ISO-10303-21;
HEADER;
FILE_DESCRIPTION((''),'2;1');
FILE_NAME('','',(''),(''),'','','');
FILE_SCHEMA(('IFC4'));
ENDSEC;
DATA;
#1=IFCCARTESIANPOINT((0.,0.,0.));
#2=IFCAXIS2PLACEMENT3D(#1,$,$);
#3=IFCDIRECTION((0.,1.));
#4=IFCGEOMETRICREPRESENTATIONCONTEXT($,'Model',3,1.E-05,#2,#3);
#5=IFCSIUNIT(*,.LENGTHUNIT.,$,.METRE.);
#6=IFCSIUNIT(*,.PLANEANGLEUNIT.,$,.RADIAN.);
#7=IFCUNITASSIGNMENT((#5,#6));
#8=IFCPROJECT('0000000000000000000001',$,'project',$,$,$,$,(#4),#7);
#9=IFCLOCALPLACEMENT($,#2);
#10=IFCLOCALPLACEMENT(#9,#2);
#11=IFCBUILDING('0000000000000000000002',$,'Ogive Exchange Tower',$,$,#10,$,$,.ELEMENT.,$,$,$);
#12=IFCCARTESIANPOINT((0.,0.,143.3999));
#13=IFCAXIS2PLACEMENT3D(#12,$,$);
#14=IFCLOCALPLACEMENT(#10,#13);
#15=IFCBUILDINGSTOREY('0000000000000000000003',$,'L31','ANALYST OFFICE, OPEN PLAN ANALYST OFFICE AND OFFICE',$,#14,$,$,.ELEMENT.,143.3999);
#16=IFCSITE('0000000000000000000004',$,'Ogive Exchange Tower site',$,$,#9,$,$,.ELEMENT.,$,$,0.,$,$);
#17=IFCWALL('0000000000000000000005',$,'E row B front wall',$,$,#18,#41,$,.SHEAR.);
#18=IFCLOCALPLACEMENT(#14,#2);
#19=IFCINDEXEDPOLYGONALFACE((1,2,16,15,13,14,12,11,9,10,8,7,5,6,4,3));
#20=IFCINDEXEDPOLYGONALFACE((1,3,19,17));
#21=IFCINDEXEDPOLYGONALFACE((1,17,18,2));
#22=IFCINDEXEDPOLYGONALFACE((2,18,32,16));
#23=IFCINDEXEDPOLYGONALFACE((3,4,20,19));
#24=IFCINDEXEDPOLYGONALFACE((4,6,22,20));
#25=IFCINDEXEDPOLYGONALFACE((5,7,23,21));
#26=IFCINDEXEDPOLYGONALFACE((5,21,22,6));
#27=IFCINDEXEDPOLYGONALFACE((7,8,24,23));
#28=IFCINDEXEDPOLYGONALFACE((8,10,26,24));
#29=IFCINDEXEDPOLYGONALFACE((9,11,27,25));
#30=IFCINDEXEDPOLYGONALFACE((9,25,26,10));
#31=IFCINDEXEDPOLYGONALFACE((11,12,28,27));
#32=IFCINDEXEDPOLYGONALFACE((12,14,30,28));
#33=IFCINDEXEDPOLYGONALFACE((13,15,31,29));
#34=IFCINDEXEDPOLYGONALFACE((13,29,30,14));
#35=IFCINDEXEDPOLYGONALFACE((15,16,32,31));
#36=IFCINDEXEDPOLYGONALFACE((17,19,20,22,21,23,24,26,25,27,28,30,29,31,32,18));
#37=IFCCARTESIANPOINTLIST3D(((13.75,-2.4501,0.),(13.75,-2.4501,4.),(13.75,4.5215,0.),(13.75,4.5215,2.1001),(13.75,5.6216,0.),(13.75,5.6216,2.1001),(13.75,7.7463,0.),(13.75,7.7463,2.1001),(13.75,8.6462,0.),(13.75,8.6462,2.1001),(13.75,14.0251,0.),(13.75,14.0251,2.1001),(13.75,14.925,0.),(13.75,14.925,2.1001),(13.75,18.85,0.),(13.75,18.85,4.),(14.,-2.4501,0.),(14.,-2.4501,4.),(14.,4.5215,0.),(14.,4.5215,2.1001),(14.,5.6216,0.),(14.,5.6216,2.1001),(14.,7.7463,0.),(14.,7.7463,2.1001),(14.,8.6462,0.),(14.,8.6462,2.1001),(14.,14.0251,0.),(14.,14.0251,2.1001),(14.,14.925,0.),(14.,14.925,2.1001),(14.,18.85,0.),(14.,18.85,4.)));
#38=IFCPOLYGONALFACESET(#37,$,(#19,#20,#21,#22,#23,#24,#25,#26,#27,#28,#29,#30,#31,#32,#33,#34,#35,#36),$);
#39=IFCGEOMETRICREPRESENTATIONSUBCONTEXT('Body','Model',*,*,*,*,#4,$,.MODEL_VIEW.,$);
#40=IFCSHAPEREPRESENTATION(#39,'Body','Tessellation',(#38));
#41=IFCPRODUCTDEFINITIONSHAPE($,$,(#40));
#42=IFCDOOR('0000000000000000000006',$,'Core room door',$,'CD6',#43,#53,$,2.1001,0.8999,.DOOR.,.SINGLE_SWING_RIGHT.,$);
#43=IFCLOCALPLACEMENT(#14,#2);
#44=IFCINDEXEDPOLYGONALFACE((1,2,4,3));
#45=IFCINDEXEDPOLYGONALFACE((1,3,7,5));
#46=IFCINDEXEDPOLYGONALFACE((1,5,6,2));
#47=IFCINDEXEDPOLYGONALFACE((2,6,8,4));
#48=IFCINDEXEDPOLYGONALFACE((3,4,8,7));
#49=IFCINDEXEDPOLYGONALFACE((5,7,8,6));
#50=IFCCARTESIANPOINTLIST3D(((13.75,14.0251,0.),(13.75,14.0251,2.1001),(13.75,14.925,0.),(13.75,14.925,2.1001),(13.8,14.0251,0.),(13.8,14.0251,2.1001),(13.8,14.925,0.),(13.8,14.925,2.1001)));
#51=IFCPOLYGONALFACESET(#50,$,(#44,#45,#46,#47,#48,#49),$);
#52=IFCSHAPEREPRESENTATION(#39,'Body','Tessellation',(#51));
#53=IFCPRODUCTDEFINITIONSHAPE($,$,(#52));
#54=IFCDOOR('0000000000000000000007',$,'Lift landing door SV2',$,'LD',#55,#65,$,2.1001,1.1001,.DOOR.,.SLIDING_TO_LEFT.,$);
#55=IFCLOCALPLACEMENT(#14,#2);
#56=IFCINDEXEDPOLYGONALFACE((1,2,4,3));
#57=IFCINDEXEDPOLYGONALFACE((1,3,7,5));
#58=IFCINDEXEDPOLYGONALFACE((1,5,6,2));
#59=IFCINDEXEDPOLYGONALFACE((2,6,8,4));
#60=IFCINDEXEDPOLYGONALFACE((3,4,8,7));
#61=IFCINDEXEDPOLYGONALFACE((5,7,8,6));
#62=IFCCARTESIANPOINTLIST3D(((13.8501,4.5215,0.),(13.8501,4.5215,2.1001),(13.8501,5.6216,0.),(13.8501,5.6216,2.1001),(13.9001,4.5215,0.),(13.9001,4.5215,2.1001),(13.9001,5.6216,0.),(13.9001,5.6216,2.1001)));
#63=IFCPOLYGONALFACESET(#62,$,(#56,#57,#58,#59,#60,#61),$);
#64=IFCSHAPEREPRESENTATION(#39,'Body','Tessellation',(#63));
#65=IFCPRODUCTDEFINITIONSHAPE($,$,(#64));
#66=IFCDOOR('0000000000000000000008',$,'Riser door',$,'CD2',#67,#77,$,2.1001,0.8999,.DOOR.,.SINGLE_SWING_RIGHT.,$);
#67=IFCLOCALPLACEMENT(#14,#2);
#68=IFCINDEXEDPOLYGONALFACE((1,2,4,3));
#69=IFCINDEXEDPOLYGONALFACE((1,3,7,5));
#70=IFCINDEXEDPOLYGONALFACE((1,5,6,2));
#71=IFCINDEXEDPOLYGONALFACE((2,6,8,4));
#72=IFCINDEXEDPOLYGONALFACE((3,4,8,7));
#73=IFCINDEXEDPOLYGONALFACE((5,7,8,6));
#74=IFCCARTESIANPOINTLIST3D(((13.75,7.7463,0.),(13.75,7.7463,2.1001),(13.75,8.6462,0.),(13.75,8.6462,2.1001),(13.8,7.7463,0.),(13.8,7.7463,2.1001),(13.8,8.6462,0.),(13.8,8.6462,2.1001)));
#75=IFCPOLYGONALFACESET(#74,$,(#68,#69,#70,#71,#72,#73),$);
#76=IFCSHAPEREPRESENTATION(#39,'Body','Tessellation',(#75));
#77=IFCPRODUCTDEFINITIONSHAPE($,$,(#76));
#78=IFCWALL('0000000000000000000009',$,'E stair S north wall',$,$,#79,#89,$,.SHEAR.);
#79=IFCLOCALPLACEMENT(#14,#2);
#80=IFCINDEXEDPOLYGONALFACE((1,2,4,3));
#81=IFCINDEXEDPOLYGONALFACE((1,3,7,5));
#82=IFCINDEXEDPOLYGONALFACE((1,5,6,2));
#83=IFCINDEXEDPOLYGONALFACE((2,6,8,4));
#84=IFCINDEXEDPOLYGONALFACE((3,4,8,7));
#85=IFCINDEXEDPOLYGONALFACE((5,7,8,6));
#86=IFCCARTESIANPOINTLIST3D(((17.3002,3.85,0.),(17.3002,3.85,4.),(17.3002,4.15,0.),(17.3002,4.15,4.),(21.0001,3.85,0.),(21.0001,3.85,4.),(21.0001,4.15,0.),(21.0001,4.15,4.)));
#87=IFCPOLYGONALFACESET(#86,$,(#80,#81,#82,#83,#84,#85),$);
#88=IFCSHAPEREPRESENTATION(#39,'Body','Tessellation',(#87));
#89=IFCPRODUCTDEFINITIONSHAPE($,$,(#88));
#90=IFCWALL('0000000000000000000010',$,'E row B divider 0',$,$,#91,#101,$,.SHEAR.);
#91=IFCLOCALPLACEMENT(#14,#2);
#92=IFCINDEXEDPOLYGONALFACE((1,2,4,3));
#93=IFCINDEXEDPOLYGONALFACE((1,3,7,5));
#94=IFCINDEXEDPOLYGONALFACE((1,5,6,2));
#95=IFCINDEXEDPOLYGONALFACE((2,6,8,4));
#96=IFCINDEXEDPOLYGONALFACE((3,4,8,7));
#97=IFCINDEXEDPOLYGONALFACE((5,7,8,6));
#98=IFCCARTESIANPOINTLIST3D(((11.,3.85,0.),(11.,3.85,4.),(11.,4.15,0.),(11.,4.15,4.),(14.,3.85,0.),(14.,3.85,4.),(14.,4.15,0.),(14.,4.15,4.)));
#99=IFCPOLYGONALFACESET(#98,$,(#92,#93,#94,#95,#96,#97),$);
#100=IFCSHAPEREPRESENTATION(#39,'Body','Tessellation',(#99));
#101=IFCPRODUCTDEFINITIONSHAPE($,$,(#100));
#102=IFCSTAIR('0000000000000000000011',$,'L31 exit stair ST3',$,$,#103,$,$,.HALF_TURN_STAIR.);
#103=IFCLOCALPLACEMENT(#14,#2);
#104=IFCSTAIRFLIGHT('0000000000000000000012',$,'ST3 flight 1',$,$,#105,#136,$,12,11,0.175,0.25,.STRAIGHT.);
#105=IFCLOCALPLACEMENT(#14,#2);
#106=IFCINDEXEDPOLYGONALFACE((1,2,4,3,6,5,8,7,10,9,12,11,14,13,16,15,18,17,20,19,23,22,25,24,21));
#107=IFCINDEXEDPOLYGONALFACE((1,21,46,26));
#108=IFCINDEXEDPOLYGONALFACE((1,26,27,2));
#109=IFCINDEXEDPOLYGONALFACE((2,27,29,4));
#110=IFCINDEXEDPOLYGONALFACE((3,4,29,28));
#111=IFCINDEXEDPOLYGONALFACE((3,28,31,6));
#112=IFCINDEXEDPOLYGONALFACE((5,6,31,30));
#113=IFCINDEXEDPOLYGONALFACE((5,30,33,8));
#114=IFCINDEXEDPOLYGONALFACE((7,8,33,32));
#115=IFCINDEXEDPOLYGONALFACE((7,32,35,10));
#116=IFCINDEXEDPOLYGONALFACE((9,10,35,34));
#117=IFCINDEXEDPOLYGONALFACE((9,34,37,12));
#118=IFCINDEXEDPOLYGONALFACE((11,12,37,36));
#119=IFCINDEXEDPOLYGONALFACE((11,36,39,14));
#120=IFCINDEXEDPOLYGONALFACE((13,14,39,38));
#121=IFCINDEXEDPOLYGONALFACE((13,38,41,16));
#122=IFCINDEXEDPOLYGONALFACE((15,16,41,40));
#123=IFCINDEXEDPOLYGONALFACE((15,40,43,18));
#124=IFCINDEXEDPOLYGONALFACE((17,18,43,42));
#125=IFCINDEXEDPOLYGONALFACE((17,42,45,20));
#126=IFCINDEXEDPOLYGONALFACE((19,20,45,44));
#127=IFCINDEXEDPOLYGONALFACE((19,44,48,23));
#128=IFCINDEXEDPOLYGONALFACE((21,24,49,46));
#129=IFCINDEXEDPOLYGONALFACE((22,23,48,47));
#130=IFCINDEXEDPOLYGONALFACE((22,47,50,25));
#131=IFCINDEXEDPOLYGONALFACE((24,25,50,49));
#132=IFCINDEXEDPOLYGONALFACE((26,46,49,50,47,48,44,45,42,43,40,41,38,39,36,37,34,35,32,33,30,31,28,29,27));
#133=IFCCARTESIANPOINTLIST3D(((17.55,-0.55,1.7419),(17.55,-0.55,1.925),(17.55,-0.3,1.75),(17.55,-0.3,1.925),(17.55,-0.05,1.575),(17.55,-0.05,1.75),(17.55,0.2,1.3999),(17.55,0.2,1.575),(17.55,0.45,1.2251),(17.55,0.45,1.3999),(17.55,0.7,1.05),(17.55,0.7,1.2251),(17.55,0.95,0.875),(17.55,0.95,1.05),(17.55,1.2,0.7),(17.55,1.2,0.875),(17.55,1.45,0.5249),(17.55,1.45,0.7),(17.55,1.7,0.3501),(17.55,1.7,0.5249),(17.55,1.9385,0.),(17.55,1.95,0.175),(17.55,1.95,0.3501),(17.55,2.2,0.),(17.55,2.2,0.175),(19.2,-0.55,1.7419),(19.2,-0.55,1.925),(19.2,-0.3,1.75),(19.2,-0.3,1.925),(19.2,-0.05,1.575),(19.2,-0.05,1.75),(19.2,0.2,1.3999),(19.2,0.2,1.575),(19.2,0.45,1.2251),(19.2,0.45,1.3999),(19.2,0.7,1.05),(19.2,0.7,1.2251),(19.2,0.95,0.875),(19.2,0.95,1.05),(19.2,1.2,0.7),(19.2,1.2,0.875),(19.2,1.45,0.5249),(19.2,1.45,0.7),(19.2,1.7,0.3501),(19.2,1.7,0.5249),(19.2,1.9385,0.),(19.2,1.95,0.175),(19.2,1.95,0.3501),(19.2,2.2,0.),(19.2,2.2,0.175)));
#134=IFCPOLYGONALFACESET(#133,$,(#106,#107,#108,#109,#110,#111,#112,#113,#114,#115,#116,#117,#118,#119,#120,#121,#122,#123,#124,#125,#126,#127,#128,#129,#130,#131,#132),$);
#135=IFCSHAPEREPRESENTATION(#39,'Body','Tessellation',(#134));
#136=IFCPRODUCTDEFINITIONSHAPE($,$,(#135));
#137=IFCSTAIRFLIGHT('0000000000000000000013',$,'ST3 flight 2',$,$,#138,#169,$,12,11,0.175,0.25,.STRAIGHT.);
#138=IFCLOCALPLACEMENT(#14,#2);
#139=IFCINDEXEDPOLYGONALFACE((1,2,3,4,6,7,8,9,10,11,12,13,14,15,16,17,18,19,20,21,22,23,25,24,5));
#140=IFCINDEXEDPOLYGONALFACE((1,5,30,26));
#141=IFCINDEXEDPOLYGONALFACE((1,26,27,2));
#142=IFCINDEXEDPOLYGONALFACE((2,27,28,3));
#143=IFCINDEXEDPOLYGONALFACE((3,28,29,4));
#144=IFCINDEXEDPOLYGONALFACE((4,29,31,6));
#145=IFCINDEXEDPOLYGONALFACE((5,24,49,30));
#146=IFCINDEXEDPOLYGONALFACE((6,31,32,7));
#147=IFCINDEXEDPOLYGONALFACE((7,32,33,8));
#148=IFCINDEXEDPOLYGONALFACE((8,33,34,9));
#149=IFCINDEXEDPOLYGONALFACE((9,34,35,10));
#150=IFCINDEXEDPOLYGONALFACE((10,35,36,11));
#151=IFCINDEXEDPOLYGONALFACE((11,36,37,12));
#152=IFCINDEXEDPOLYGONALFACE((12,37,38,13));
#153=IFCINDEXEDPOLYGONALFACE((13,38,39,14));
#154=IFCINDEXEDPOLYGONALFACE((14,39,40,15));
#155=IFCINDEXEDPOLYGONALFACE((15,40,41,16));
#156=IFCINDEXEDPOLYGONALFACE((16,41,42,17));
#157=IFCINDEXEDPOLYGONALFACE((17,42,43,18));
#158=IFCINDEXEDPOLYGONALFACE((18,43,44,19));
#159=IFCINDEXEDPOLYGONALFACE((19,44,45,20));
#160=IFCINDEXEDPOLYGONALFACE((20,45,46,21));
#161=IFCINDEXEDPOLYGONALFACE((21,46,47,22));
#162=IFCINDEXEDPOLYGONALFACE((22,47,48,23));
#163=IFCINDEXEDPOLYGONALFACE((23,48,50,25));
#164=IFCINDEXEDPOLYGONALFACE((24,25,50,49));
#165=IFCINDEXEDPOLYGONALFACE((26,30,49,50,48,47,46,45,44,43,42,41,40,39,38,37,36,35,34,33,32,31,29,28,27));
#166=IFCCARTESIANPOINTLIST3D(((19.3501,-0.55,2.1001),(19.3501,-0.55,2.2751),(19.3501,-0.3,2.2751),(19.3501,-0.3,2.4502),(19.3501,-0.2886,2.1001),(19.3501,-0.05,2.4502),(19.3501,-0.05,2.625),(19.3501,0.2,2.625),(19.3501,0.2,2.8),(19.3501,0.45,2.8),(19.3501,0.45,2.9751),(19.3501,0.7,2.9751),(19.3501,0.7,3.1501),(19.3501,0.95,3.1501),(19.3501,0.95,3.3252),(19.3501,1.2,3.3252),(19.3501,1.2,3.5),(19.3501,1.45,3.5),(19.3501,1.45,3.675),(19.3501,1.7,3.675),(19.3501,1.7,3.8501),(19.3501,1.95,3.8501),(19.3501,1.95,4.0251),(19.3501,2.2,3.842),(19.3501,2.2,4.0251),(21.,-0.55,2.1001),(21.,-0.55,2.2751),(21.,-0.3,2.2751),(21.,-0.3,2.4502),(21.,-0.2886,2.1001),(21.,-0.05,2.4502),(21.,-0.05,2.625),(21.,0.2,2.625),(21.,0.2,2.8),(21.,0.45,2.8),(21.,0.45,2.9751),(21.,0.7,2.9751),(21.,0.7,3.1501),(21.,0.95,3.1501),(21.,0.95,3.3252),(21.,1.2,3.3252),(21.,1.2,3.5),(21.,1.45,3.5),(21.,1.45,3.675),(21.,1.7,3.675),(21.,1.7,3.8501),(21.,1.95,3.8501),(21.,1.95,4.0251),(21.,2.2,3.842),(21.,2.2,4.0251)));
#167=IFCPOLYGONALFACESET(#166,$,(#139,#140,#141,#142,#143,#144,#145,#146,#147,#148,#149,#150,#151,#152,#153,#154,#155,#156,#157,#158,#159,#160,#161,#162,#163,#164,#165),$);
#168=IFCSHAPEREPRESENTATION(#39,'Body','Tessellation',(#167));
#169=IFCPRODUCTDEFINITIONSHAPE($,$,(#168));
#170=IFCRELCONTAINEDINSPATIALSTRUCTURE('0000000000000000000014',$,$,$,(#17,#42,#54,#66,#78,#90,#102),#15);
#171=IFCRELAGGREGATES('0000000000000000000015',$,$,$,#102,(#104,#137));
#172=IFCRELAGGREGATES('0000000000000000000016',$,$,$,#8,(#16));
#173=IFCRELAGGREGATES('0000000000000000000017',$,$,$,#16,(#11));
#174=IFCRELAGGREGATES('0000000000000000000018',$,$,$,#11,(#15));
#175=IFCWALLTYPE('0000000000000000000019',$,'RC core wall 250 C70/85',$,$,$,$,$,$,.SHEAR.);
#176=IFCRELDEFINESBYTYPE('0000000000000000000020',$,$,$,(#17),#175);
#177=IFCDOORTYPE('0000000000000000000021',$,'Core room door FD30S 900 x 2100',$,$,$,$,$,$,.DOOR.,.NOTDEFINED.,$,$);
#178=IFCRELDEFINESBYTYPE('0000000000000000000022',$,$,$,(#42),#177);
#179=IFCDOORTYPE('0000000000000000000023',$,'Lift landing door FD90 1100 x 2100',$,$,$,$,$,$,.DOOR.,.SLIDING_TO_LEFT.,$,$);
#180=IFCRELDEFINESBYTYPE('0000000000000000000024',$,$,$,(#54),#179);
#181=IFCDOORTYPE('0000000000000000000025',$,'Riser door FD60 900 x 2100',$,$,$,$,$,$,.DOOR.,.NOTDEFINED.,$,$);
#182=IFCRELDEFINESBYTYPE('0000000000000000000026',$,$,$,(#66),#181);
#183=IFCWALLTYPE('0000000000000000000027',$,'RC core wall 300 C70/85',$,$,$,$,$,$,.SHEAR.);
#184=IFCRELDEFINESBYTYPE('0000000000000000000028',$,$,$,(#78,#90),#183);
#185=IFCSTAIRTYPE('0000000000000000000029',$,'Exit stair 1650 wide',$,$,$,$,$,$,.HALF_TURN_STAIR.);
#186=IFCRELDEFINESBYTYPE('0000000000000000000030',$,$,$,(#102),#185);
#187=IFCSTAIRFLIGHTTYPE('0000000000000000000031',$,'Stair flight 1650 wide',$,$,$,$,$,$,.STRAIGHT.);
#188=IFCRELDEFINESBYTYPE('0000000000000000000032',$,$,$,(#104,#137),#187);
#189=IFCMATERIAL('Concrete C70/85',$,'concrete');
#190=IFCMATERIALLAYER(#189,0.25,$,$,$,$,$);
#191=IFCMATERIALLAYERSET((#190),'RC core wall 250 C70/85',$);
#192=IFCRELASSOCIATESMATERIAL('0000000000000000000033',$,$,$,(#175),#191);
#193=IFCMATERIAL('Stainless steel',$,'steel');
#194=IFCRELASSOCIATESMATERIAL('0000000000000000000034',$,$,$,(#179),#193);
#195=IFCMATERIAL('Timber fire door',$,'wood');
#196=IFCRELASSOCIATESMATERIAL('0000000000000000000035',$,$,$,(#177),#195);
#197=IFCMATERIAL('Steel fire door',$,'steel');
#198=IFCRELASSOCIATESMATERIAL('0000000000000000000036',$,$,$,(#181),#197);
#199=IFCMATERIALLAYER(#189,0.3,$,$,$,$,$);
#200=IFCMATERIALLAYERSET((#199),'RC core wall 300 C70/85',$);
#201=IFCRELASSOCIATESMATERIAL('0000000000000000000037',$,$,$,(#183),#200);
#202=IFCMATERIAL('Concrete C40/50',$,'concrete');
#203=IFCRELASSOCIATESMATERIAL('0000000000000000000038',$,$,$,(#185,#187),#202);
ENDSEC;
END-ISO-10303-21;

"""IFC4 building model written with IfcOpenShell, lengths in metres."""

from ifc_helpers import new_model, si_unit, direction, frame, frame_2d, origin, place, context, subcontext, project, spatial, polyline, rectangle, outline, extrude, material, layer, layer_set, type_object, element, fill, aggregate, save


model = new_model("IFC4")

# Units and contexts
model_context = context("Model", 3, precision=1e-05, world=origin(), true_north=direction((0.0, 1.0)))
body_context = subcontext(model_context, "Body", "Model", "MODEL_VIEW")
ifc_project = project(units=[si_unit("LENGTHUNIT", "METRE"), si_unit("PLANEANGLEUNIT", "RADIAN")], contexts=[model_context])

# Site, building, storey
site_placement = place(None, origin())
site = spatial("IfcSite", under=ifc_project, at=site_placement, Name="Ogive Exchange Tower site", CompositionType="ELEMENT", RefElevation=0.0)
building_placement = place(site_placement, origin())
building = spatial("IfcBuilding", under=site, at=building_placement, Name="Ogive Exchange Tower", CompositionType="ELEMENT")
storey_placement = place(building_placement, frame((0.0, 0.0, 143.3999)))
storey = spatial("IfcBuildingStorey", under=building, at=storey_placement, Name="L31", Description="ANALYST OFFICE, OPEN PLAN ANALYST OFFICE AND OFFICE", CompositionType="ELEMENT", Elevation=143.3999)

# Shared definitions
ifc_material_1 = material(Name="Concrete C70/85", Category="concrete")
ifc_layer_1 = layer(ifc_material_1, 0.25)
ifc_layer_set_1 = layer_set([ifc_layer_1], Name="RC core wall 250 C70/85")
wall_type_1 = type_object("IfcWallType", Name="RC core wall 250 C70/85", PredefinedType="SHEAR", material=ifc_layer_set_1)
ifc_material_2 = material(Name="Steel fire door", Category="steel")

# Wall, openings, doors
ifc_material_3 = material(Name="Stainless steel", Category="steel")
door_type_1 = type_object("IfcDoorType", Name="Lift landing door FD90 1100 x 2100", OperationType="SLIDING_TO_LEFT", PredefinedType="DOOR", material=ifc_material_3)
wall_1_placement = place(storey_placement, frame((13.875, -2.45, 0.0), z_axis=(0.0, 0.0, 1.0), x_axis=(0.0, 1.0, 0.0)))
wall_1 = element("IfcWall", 1, at=wall_1_placement, inside=storey, type_object=wall_type_1, Name="E row B front wall", PredefinedType="SHEAR", context=body_context, shape_type="SweptSolid", body=[
    extrude(rectangle(XDim=21.3, YDim=0.25, at=frame_2d((10.6499, 0.0))), origin(), (0.0, 0.0, 1.0), 4.0),
])
opening_1_placement = place(wall_1_placement, frame((10.1963, 0.0, 0.0)))
opening_1 = element("IfcOpeningElement", 2, at=opening_1_placement, cuts=wall_1, PredefinedType="OPENING", context=body_context, shape_type="SweptSolid", body=[
    extrude(rectangle(XDim=0.8999, YDim=2.1001, at=frame_2d((0.45, 1.05))), frame((0.0, 0.135, 0.0), z_axis=(0.0, -1.0, 0.0), x_axis=(1.0, 0.0, 0.0)), (0.0, 0.0, 1.0), 0.27),
])
opening_2_placement = place(wall_1_placement, frame((16.4751, 0.0, 0.0)))
opening_2 = element("IfcOpeningElement", 3, at=opening_2_placement, cuts=wall_1, PredefinedType="OPENING", context=body_context, shape_type="SweptSolid", body=[
    extrude(rectangle(XDim=0.8999, YDim=2.1001, at=frame_2d((0.45, 1.05))), frame((0.0, 0.135, 0.0), z_axis=(0.0, -1.0, 0.0), x_axis=(1.0, 0.0, 0.0)), (0.0, 0.0, 1.0), 0.27),
])
opening_3_placement = place(wall_1_placement, frame((6.9714, 0.0, 0.0)))
opening_3 = element("IfcOpeningElement", 4, at=opening_3_placement, cuts=wall_1, PredefinedType="OPENING", context=body_context, shape_type="SweptSolid", body=[
    extrude(rectangle(XDim=1.1001, YDim=2.1001, at=frame_2d((0.55, 1.05))), frame((0.0, 0.135, 0.0), z_axis=(0.0, -1.0, 0.0), x_axis=(1.0, 0.0, 0.0)), (0.0, 0.0, 1.0), 0.27),
])
ifc_material_4 = material(Name="Timber fire door", Category="wood")
door_type_2 = type_object("IfcDoorType", Name="Core room door FD30S 900 x 2100", OperationType="NOTDEFINED", PredefinedType="DOOR", material=ifc_material_4)
door_1_placement = place(opening_2_placement, origin())
door_1 = element("IfcDoor", 5, at=door_1_placement, inside=storey, type_object=door_type_2, Name="Core room door", ObjectType="CD6", OperationType="SINGLE_SWING_RIGHT", OverallHeight=2.1001, OverallWidth=0.8999, PredefinedType="DOOR", context=body_context, shape_type="SweptSolid", body=[
    extrude(rectangle(XDim=0.8999, YDim=2.1001, at=frame_2d((0.45, 1.05))), frame((0.0, 0.125, 0.0), z_axis=(0.0, -1.0, 0.0), x_axis=(1.0, 0.0, 0.0)), (0.0, 0.0, 1.0), 0.05),
])
fill(opening_2, door_1)
door_2_placement = place(opening_3_placement, origin())
door_2 = element("IfcDoor", 6, at=door_2_placement, inside=storey, type_object=door_type_1, Name="Lift landing door SV2", ObjectType="LD", OperationType="SLIDING_TO_LEFT", OverallHeight=2.1001, OverallWidth=1.1001, PredefinedType="DOOR", context=body_context, shape_type="SweptSolid", body=[
    extrude(rectangle(XDim=1.1001, YDim=2.1001, at=frame_2d((0.55, 1.05))), frame((0.0, 0.0249, 0.0), z_axis=(0.0, -1.0, 0.0), x_axis=(1.0, 0.0, 0.0)), (0.0, 0.0, 1.0), 0.05),
])
fill(opening_3, door_2)
door_type_3 = type_object("IfcDoorType", Name="Riser door FD60 900 x 2100", OperationType="NOTDEFINED", PredefinedType="DOOR", material=ifc_material_2)
door_3_placement = place(opening_1_placement, origin())
door_3 = element("IfcDoor", 7, at=door_3_placement, inside=storey, type_object=door_type_3, Name="Riser door", ObjectType="CD2", OperationType="SINGLE_SWING_RIGHT", OverallHeight=2.1001, OverallWidth=0.8999, PredefinedType="DOOR", context=body_context, shape_type="SweptSolid", body=[
    extrude(rectangle(XDim=0.8999, YDim=2.1001, at=frame_2d((0.45, 1.05))), frame((0.0, 0.125, 0.0), z_axis=(0.0, -1.0, 0.0), x_axis=(1.0, 0.0, 0.0)), (0.0, 0.0, 1.0), 0.05),
])
fill(opening_1, door_3)

# Walls
ifc_layer_2 = layer(ifc_material_1, 0.3)
ifc_layer_set_2 = layer_set([ifc_layer_2], Name="RC core wall 300 C70/85")
wall_type_2 = type_object("IfcWallType", Name="RC core wall 300 C70/85", PredefinedType="SHEAR", material=ifc_layer_set_2)
wall_2_placement = place(storey_placement, frame((17.3, 4.0, 0.0), z_axis=(0.0, 0.0, 1.0), x_axis=(1.0, 0.0, 0.0)))
element("IfcWall", 8, at=wall_2_placement, inside=storey, type_object=wall_type_2, Name="E stair S north wall", PredefinedType="SHEAR", context=body_context, shape_type="SweptSolid", body=[
    extrude(rectangle(XDim=3.7, YDim=0.3, at=frame_2d((1.8501, 0.0))), origin(), (0.0, 0.0, 1.0), 4.0),
])
wall_3_placement = place(storey_placement, frame((11.0, 4.0, 0.0), z_axis=(0.0, 0.0, 1.0), x_axis=(1.0, 0.0, 0.0)))
element("IfcWall", 9, at=wall_3_placement, inside=storey, type_object=wall_type_2, Name="E row B divider 0", PredefinedType="SHEAR", context=body_context, shape_type="SweptSolid", body=[
    extrude(rectangle(XDim=3.0, YDim=0.3, at=frame_2d((1.5, 0.0))), origin(), (0.0, 0.0, 1.0), 4.0),
])

# Stair, stair flights
ifc_material_5 = material(Name="Concrete C40/50", Category="concrete")
stair_type = type_object("IfcStairType", Name="Exit stair 1650 wide", PredefinedType="HALF_TURN_STAIR", material=ifc_material_5)
stair_placement = place(storey_placement, origin())
stair = element("IfcStair", 10, at=stair_placement, inside=storey, type_object=stair_type, Name="L31 exit stair ST3", PredefinedType="HALF_TURN_STAIR")
stair_flight_type = type_object("IfcStairFlightType", Name="Stair flight 1650 wide", PredefinedType="STRAIGHT", material=ifc_material_5)
stair_flight_1_placement = place(storey_placement, frame((18.375, 2.2, 0.0), z_axis=(0.0, 0.0, 1.0), x_axis=(0.0, -1.0, 0.0)))
stair_flight_1 = element("IfcStairFlight", 11, at=stair_flight_1_placement, type_object=stair_flight_type, Name="ST3 flight 1", NumberOfRisers=12, NumberOfTreads=11, PredefinedType="STRAIGHT", RiserHeight=0.175, TreadLength=0.25, context=body_context, shape_type="SweptSolid", body=[
    extrude(outline(polyline([(0.0, 0.0), (0.0, 0.175), (0.25, 0.175), (0.25, 0.3501), (0.5, 0.3501), (0.5, 0.5249), (0.75, 0.5249), (0.75, 0.7), (1.0, 0.7), (1.0, 0.875), (1.25, 0.875), (1.25, 1.05), (1.5, 1.05), (1.5, 1.2251), (1.75, 1.2251), (1.75, 1.3999), (2.0, 1.3999), (2.0, 1.575), (2.25, 1.575), (2.25, 1.75), (2.5, 1.75), (2.5, 1.925), (2.75, 1.925), (2.75, 2.1001), (2.75, 1.7419), (0.2615, 0.0), (0.0, 0.0)])), frame((0.0, 0.825, 0.0), z_axis=(0.0, -1.0, 0.0), x_axis=(1.0, 0.0, 0.0)), (0.0, 0.0, 1.0), 1.6499),
])
stair_flight_2_placement = place(storey_placement, frame((20.175, -0.55, 2.1001), z_axis=(0.0, 0.0, 1.0), x_axis=(0.0, 1.0, 0.0)))
stair_flight_2 = element("IfcStairFlight", 12, at=stair_flight_2_placement, type_object=stair_flight_type, Name="ST3 flight 2", NumberOfRisers=12, NumberOfTreads=11, PredefinedType="STRAIGHT", RiserHeight=0.175, TreadLength=0.25, context=body_context, shape_type="SweptSolid", body=[
    extrude(outline(polyline([(0.0, 0.0), (0.0, 0.175), (0.25, 0.175), (0.25, 0.3501), (0.5, 0.3501), (0.5, 0.5249), (0.75, 0.5249), (0.75, 0.7), (1.0, 0.7), (1.0, 0.875), (1.25, 0.875), (1.25, 1.05), (1.5, 1.05), (1.5, 1.2251), (1.75, 1.2251), (1.75, 1.3999), (2.0, 1.3999), (2.0, 1.575), (2.25, 1.575), (2.25, 1.75), (2.5, 1.75), (2.5, 1.925), (2.75, 1.925), (2.75, 2.1001), (2.75, 1.7419), (0.2615, 0.0), (0.0, 0.0)])), frame((0.0, 0.825, 0.0), z_axis=(0.0, -1.0, 0.0), x_axis=(1.0, 0.0, 0.0)), (0.0, 0.0, 1.0), 1.6499),
])
aggregate(stair, [stair_flight_1, stair_flight_2])

save(model, "model.ifc")
